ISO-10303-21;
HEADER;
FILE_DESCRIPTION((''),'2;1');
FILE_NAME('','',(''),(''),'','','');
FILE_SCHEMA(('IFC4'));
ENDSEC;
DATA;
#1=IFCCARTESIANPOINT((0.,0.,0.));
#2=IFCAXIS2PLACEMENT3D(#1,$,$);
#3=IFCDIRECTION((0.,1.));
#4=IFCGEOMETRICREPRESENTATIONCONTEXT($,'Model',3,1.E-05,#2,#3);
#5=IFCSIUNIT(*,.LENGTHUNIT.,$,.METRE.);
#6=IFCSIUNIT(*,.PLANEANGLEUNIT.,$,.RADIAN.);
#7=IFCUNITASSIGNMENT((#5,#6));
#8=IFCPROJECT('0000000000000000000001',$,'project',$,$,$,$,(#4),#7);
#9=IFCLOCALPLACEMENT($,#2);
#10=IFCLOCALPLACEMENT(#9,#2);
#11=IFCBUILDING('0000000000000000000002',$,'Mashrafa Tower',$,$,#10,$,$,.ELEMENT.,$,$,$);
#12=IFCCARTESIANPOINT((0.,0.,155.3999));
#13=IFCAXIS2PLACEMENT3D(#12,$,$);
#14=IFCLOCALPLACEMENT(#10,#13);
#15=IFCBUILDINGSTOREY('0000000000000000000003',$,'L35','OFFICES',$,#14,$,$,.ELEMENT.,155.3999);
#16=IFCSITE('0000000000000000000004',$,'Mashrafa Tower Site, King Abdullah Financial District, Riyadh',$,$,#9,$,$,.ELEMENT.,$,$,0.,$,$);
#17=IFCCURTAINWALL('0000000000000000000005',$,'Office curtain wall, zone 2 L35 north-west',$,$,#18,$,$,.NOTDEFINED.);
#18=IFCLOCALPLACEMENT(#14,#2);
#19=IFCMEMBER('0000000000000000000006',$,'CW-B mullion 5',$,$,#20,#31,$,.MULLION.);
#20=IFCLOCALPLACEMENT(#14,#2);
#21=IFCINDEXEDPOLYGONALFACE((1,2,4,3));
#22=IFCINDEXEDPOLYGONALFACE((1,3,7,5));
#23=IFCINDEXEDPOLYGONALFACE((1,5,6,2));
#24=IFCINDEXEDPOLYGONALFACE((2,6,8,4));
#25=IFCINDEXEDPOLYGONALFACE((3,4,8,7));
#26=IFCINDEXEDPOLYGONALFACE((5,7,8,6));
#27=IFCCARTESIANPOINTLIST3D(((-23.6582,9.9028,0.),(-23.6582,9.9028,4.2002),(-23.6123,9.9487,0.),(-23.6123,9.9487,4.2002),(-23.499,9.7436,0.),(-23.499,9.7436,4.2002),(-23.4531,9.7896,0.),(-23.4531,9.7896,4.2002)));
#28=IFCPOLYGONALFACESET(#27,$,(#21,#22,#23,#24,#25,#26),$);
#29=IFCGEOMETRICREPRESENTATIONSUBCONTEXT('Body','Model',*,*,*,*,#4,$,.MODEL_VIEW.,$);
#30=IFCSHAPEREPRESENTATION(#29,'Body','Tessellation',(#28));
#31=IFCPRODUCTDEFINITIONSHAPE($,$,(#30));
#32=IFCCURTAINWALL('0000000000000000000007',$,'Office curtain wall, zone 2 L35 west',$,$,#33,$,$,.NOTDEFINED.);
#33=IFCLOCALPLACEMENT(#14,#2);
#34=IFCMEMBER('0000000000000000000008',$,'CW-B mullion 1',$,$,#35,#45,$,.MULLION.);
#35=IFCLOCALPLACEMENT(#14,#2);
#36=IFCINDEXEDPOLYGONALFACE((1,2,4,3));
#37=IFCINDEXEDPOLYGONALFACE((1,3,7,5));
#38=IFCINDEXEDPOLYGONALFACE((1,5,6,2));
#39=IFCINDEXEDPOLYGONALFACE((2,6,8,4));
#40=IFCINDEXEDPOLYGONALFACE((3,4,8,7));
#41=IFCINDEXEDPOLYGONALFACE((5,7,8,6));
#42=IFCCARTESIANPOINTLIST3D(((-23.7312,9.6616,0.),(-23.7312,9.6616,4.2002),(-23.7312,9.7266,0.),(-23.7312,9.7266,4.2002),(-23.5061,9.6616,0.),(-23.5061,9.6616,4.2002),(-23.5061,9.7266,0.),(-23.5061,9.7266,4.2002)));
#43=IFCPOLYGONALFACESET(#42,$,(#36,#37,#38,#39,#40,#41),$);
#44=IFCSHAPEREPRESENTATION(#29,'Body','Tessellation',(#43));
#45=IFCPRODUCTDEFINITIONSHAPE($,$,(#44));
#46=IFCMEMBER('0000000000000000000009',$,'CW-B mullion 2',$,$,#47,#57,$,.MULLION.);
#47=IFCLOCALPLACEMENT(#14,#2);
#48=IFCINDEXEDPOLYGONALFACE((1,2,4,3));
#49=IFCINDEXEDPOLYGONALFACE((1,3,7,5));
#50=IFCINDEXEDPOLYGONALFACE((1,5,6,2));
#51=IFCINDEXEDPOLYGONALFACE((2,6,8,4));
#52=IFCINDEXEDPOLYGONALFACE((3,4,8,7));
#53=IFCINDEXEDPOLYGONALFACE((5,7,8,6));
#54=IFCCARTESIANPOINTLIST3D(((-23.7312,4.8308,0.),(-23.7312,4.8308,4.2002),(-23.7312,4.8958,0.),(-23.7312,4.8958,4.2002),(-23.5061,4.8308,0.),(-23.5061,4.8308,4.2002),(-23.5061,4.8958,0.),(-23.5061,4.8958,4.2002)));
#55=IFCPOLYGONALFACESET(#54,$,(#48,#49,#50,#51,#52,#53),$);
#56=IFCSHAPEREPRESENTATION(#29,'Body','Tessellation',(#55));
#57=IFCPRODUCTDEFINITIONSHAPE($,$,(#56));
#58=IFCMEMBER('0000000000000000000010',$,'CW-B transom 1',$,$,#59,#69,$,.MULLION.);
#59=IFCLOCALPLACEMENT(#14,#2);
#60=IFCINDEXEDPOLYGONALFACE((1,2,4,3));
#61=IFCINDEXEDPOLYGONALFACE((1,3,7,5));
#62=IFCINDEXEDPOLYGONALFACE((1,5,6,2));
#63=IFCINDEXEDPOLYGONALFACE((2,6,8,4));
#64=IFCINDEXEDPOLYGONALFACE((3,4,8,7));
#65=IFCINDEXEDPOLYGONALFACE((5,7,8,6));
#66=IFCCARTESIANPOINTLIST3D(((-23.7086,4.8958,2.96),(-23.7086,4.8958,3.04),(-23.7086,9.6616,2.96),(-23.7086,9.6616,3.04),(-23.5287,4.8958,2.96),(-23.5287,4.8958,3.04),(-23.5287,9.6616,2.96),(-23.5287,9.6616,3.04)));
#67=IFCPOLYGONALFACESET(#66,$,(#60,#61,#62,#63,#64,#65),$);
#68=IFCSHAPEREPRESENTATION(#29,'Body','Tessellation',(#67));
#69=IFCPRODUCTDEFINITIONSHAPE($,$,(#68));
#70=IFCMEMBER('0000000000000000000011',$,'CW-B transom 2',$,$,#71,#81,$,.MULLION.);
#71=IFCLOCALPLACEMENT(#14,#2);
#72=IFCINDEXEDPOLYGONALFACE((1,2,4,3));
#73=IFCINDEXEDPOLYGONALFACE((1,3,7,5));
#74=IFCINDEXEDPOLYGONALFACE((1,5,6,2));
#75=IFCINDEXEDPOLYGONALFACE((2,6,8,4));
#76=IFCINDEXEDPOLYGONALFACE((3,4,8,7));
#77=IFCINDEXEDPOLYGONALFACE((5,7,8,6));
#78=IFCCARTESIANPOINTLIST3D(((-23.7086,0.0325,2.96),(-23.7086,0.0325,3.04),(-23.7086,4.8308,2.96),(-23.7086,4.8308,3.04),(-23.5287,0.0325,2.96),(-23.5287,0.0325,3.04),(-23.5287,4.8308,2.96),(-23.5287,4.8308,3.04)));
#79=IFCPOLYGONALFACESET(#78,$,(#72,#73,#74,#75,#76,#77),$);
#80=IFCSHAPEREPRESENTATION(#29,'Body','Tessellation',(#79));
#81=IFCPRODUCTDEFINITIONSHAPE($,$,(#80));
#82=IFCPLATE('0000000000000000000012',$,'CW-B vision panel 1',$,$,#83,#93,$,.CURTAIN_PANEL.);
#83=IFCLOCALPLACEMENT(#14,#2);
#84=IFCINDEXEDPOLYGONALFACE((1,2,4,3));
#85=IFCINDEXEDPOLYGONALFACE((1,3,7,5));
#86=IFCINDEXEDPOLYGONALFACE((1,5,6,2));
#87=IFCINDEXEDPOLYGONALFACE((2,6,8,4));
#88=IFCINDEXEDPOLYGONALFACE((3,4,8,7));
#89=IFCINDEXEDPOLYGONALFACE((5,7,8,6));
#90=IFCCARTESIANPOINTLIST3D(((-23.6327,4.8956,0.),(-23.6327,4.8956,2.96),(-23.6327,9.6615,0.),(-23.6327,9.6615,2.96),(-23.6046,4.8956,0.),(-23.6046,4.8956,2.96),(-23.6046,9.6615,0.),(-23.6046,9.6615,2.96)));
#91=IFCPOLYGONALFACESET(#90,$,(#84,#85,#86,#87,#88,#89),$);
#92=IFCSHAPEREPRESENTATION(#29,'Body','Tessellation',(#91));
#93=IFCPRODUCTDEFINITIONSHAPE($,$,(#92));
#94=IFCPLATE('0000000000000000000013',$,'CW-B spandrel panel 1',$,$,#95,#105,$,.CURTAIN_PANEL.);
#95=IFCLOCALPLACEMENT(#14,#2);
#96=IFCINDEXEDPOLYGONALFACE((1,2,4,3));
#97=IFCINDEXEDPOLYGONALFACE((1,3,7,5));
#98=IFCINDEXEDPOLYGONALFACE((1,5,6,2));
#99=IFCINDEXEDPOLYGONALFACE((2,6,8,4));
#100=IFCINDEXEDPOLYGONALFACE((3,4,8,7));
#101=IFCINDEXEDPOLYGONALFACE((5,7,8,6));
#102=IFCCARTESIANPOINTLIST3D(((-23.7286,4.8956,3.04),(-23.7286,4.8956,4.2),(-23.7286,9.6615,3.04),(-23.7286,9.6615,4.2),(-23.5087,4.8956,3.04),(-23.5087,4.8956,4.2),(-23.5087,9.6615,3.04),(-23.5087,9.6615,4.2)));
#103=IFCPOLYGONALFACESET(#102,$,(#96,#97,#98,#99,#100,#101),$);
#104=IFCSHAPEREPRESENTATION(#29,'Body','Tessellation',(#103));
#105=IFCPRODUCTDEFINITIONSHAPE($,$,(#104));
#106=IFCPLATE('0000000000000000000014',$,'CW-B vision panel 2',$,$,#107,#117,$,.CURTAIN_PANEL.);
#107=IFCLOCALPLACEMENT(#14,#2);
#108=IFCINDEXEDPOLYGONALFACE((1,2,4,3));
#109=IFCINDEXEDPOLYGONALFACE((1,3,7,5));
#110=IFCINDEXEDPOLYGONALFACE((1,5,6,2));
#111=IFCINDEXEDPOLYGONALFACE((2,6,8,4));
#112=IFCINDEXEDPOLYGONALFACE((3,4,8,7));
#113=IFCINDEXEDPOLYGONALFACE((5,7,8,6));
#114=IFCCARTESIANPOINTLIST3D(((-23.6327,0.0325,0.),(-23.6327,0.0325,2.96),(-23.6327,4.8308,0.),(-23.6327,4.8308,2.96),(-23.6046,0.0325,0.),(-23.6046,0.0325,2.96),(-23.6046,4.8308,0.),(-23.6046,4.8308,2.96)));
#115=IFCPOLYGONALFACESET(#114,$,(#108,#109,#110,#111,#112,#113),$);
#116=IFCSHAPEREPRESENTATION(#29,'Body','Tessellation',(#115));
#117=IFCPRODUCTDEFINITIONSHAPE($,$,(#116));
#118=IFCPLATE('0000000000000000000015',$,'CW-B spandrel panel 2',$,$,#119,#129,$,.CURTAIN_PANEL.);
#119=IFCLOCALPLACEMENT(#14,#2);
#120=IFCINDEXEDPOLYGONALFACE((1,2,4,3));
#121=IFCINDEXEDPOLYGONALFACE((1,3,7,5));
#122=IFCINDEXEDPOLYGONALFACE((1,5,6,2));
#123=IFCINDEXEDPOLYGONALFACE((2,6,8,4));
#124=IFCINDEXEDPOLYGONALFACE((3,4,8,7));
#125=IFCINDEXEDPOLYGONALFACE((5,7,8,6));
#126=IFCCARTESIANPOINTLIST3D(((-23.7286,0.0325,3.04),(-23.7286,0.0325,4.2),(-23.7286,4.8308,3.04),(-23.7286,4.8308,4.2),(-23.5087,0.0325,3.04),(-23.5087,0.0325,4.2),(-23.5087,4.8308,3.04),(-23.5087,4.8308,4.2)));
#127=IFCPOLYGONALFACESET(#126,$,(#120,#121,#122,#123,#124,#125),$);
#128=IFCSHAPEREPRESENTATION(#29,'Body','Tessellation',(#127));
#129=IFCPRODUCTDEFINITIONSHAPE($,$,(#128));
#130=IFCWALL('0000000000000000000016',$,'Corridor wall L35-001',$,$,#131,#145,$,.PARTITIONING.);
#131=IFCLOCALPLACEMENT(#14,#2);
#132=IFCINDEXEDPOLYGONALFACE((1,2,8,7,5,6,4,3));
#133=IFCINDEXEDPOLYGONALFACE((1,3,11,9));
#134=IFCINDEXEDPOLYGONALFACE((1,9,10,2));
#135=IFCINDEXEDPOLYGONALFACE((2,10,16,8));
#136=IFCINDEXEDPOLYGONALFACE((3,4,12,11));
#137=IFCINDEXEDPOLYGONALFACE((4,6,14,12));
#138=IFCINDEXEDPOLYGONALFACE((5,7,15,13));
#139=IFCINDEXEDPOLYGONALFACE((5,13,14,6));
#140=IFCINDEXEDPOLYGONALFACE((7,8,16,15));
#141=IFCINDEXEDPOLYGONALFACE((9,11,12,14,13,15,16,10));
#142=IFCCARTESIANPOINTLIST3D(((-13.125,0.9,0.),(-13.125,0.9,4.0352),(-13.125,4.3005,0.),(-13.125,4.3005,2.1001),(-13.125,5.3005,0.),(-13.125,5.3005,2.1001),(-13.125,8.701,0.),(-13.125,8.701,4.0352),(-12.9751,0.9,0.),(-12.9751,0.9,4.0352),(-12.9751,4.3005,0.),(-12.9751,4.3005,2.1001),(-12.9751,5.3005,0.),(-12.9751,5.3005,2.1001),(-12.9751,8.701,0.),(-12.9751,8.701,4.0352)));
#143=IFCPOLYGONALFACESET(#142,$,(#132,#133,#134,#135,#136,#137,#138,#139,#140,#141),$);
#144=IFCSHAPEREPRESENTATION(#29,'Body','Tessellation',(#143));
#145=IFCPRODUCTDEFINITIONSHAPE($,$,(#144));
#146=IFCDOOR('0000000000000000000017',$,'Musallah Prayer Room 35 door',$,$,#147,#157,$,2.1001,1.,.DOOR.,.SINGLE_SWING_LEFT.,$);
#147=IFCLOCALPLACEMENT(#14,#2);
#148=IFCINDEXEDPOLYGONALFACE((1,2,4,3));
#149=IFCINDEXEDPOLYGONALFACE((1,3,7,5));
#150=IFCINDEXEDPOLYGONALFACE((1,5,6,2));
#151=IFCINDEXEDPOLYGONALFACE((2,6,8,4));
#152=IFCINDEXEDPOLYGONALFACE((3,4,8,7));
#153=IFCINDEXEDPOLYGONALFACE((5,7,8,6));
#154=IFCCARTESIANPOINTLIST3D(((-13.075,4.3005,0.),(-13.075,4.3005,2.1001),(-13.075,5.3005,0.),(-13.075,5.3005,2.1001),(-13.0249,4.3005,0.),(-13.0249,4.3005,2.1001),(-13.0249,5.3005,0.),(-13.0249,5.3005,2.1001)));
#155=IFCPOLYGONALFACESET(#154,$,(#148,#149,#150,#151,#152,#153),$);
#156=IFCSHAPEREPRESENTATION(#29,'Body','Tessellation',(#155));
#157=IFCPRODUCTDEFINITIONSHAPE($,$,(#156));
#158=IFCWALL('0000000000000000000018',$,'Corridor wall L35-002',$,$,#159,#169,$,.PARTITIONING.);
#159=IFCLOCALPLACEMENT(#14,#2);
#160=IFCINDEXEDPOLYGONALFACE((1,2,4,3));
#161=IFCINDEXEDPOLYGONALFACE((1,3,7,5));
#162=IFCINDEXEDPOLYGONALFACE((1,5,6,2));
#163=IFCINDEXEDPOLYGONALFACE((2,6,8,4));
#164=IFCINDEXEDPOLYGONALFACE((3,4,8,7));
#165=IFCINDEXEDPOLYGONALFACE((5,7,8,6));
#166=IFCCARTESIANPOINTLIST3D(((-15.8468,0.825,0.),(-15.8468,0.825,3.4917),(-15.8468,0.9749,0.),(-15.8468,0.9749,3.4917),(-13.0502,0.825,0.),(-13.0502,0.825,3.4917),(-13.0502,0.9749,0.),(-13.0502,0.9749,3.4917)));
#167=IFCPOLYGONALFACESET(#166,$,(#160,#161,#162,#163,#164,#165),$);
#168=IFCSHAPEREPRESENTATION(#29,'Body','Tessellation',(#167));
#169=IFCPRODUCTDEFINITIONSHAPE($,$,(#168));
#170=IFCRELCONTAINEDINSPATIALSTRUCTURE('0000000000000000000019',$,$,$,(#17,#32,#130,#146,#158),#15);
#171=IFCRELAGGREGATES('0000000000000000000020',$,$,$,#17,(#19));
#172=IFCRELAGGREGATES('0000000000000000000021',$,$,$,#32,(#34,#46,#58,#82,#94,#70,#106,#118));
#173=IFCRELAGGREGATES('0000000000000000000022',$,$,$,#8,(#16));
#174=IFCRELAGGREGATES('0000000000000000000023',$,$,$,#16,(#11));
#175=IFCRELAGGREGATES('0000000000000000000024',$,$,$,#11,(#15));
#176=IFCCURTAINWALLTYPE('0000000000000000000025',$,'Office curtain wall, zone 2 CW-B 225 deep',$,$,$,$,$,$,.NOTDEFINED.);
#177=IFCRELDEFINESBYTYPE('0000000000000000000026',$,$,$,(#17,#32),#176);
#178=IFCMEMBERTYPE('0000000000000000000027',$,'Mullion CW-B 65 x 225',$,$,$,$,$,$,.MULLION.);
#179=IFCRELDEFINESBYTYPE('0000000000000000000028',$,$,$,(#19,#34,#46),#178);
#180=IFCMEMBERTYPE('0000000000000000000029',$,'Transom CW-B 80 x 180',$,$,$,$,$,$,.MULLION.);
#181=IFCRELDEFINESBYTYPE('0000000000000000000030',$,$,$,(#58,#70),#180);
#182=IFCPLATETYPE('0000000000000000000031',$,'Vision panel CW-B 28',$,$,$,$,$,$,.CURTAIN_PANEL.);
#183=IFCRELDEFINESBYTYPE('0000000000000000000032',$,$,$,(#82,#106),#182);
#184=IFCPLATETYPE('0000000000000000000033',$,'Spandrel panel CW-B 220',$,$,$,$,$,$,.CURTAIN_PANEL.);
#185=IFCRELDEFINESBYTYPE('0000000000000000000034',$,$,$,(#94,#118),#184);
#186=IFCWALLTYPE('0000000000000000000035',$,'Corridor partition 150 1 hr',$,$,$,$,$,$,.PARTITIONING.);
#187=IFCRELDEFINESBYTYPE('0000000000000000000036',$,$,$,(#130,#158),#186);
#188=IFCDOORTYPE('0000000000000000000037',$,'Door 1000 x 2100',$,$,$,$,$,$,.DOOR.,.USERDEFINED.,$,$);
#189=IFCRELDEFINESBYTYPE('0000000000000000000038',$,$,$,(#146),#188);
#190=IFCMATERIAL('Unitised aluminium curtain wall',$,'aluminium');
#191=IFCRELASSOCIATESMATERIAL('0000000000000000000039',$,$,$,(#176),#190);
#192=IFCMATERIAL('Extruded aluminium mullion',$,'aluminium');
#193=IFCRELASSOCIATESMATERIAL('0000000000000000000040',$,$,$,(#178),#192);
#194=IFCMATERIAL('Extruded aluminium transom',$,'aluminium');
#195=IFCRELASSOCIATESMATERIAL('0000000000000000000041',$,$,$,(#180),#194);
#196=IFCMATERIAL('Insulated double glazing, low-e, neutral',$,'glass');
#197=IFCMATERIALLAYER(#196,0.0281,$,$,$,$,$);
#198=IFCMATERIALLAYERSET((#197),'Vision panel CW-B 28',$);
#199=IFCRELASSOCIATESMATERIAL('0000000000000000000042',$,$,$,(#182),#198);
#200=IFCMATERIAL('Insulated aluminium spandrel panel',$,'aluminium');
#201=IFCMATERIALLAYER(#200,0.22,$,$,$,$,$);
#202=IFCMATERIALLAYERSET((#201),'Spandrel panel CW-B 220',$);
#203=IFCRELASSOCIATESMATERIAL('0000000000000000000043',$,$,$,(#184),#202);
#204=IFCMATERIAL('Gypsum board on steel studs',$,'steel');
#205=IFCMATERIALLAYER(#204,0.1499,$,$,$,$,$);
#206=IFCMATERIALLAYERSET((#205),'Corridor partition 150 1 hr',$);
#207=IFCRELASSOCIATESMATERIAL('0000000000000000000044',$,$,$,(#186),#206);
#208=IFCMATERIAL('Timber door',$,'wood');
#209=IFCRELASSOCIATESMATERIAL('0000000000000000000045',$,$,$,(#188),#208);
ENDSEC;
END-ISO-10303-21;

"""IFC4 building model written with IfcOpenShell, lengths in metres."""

from ifc_helpers import new_model, si_unit, direction, frame, frame_2d, origin, origin_2d, place, context, subcontext, project, spatial, rectangle, extrude, source, transform, mapped, material, layer, layer_set, material_profile, profile_set, type_object, type_shapes, element, fill, aggregate, save


model = new_model("IFC4")

# Units and contexts
model_context = context("Model", 3, precision=1e-05, world=origin(), true_north=direction((0.0, 1.0)))
body_context = subcontext(model_context, "Body", "Model", "MODEL_VIEW")
ifc_project = project(units=[si_unit("LENGTHUNIT", "METRE"), si_unit("PLANEANGLEUNIT", "RADIAN")], contexts=[model_context])

# Site, building, storey
site_placement = place(None, origin())
site = spatial("IfcSite", under=ifc_project, at=site_placement, Name="Mashrafa Tower Site, King Abdullah Financial District, Riyadh", CompositionType="ELEMENT", RefElevation=0.0)
building_placement = place(site_placement, origin())
building = spatial("IfcBuilding", under=site, at=building_placement, Name="Mashrafa Tower", CompositionType="ELEMENT")
storey_placement = place(building_placement, frame((0.0, 0.0, 155.3999)))
storey = spatial("IfcBuildingStorey", under=building, at=storey_placement, Name="L35", Description="OFFICES", CompositionType="ELEMENT", Elevation=155.3999)

# Curtain wall, member
ifc_material_1 = material(Name="Unitised aluminium curtain wall", Category="aluminium")
curtain_wall_type = type_object("IfcCurtainWallType", Name="Office curtain wall, zone 2 CW-B 225 deep", PredefinedType="NOTDEFINED", material=ifc_material_1)
curtain_wall_1_placement = place(storey_placement, origin())
curtain_wall_1 = element("IfcCurtainWall", 1, at=curtain_wall_1_placement, inside=storey, type_object=curtain_wall_type, Name="Office curtain wall, zone 2 L35 north-west", PredefinedType="NOTDEFINED")
ifc_material_2 = material(Name="Extruded aluminium mullion", Category="aluminium")
ifc_material_profile_1 = material_profile(ifc_material_2, rectangle(XDim=0.2251, YDim=0.0649, at=origin_2d()), Name="Mullion 65x225")
ifc_profile_set_1 = profile_set([ifc_material_profile_1], Name="Extruded aluminium mullion")
member_type_1 = type_object("IfcMemberType", Name="Mullion CW-B 65 x 225", PredefinedType="MULLION", material=ifc_profile_set_1)
shared_shape_1 = source(origin(), body_context, "Body", "SweptSolid", [
    extrude(rectangle(XDim=0.2251, YDim=0.0649, at=origin_2d()), origin(), (0.0, 0.0, 1.0), 4.2002),
])
type_shapes(member_type_1, [shared_shape_1])
member_1_placement = place(storey_placement, frame((-23.5557, 9.8462, 0.0), z_axis=(0.0, 0.0, 1.0), x_axis=(0.707107, -0.707107, 0.0)))
member_1 = element("IfcMember", 2, at=member_1_placement, type_object=member_type_1, Name="CW-B mullion 5", PredefinedType="MULLION", context=body_context, shape_type="MappedRepresentation", body=[
    mapped(shared_shape_1, transform((0.0, 0.0, 0.0))),
])
aggregate(curtain_wall_1, [member_1])

# Curtain wall, members, plates
curtain_wall_2_placement = place(storey_placement, origin())
curtain_wall_2 = element("IfcCurtainWall", 3, at=curtain_wall_2_placement, inside=storey, type_object=curtain_wall_type, Name="Office curtain wall, zone 2 L35 west", PredefinedType="NOTDEFINED")
member_2_placement = place(storey_placement, frame((-23.6187, 9.6941, 0.0), z_axis=(0.0, 0.0, 1.0), x_axis=(1.0, 0.0, 0.0)))
member_2 = element("IfcMember", 4, at=member_2_placement, type_object=member_type_1, Name="CW-B mullion 1", PredefinedType="MULLION", context=body_context, shape_type="MappedRepresentation", body=[
    mapped(shared_shape_1, transform((0.0, 0.0, 0.0))),
])
member_3_placement = place(storey_placement, frame((-23.6187, 4.8633, 0.0), z_axis=(0.0, 0.0, 1.0), x_axis=(1.0, 0.0, 0.0)))
member_3 = element("IfcMember", 5, at=member_3_placement, type_object=member_type_1, Name="CW-B mullion 2", PredefinedType="MULLION", context=body_context, shape_type="MappedRepresentation", body=[
    mapped(shared_shape_1, transform((0.0, 0.0, 0.0))),
])
ifc_material_3 = material(Name="Extruded aluminium transom", Category="aluminium")
ifc_material_profile_2 = material_profile(ifc_material_3, rectangle(XDim=0.1799, YDim=0.0801, at=origin_2d()), Name="Transom 80x180")
ifc_profile_set_2 = profile_set([ifc_material_profile_2], Name="Extruded aluminium transom")
member_type_2 = type_object("IfcMemberType", Name="Transom CW-B 80 x 180", PredefinedType="MULLION", material=ifc_profile_set_2)
shared_shape_2 = source(origin(), body_context, "Body", "SweptSolid", [
    extrude(rectangle(XDim=0.1799, YDim=0.0801, at=origin_2d()), origin(), (0.0, 0.0, 1.0), 4.7659),
])
member_4_placement = place(storey_placement, frame((-23.6187, 9.6616, 3.0), z_axis=(0.0, -1.0, 0.0), x_axis=(1.0, 0.0, 0.0)))
member_4 = element("IfcMember", 6, at=member_4_placement, type_object=member_type_2, Name="CW-B transom 1", PredefinedType="MULLION", context=body_context, shape_type="MappedRepresentation", body=[
    mapped(shared_shape_2, transform((0.0, 0.0, 0.0))),
])
shared_shape_3 = source(origin(), body_context, "Body", "SweptSolid", [
    extrude(rectangle(XDim=0.1799, YDim=0.0801, at=origin_2d()), origin(), (0.0, 0.0, 1.0), 4.7983),
])
type_shapes(member_type_2, [shared_shape_2, shared_shape_3])
member_5_placement = place(storey_placement, frame((-23.6187, 4.8308, 3.0), z_axis=(0.0, -1.0, 0.0), x_axis=(1.0, 0.0, 0.0)))
member_5 = element("IfcMember", 7, at=member_5_placement, type_object=member_type_2, Name="CW-B transom 2", PredefinedType="MULLION", context=body_context, shape_type="MappedRepresentation", body=[
    mapped(shared_shape_3, transform((0.0, 0.0, 0.0))),
])
ifc_material_4 = material(Name="Insulated double glazing, low-e, neutral", Category="glass")
ifc_layer_1 = layer(ifc_material_4, 0.0281)
ifc_layer_set_1 = layer_set([ifc_layer_1], Name="Vision panel CW-B 28")
plate_type_1 = type_object("IfcPlateType", Name="Vision panel CW-B 28", PredefinedType="CURTAIN_PANEL", material=ifc_layer_set_1)
shared_shape_4 = source(origin(), body_context, "Body", "SweptSolid", [
    extrude(rectangle(XDim=4.7659, YDim=0.0281, at=origin_2d()), origin(), (0.0, 0.0, 1.0), 2.96),
])
plate_1_placement = place(storey_placement, frame((-23.6187, 7.2786, 0.0), z_axis=(0.0, 0.0, 1.0), x_axis=(0.0, -1.0, 0.0)))
plate_1 = element("IfcPlate", 8, at=plate_1_placement, type_object=plate_type_1, Name="CW-B vision panel 1", PredefinedType="CURTAIN_PANEL", context=body_context, shape_type="MappedRepresentation", body=[
    mapped(shared_shape_4, transform((0.0, 0.0, 0.0))),
])
ifc_material_5 = material(Name="Insulated aluminium spandrel panel", Category="aluminium")
ifc_layer_2 = layer(ifc_material_5, 0.22)
ifc_layer_set_2 = layer_set([ifc_layer_2], Name="Spandrel panel CW-B 220")
plate_type_2 = type_object("IfcPlateType", Name="Spandrel panel CW-B 220", PredefinedType="CURTAIN_PANEL", material=ifc_layer_set_2)
shared_shape_5 = source(origin(), body_context, "Body", "SweptSolid", [
    extrude(rectangle(XDim=4.7659, YDim=0.22, at=origin_2d()), origin(), (0.0, 0.0, 1.0), 1.1599),
])
plate_2_placement = place(storey_placement, frame((-23.6187, 7.2786, 3.04), z_axis=(0.0, 0.0, 1.0), x_axis=(0.0, -1.0, 0.0)))
plate_2 = element("IfcPlate", 9, at=plate_2_placement, type_object=plate_type_2, Name="CW-B spandrel panel 1", PredefinedType="CURTAIN_PANEL", context=body_context, shape_type="MappedRepresentation", body=[
    mapped(shared_shape_5, transform((0.0, 0.0, 0.0))),
])
shared_shape_6 = source(origin(), body_context, "Body", "SweptSolid", [
    extrude(rectangle(XDim=4.7983, YDim=0.0281, at=origin_2d()), origin(), (0.0, 0.0, 1.0), 2.96),
])
type_shapes(plate_type_1, [shared_shape_4, shared_shape_6])
plate_3_placement = place(storey_placement, frame((-23.6187, 2.4316, 0.0), z_axis=(0.0, 0.0, 1.0), x_axis=(0.0, -1.0, 0.0)))
plate_3 = element("IfcPlate", 10, at=plate_3_placement, type_object=plate_type_1, Name="CW-B vision panel 2", PredefinedType="CURTAIN_PANEL", context=body_context, shape_type="MappedRepresentation", body=[
    mapped(shared_shape_6, transform((0.0, 0.0, 0.0))),
])
shared_shape_7 = source(origin(), body_context, "Body", "SweptSolid", [
    extrude(rectangle(XDim=4.7983, YDim=0.22, at=origin_2d()), origin(), (0.0, 0.0, 1.0), 1.1599),
])
type_shapes(plate_type_2, [shared_shape_5, shared_shape_7])
plate_4_placement = place(storey_placement, frame((-23.6187, 2.4316, 3.04), z_axis=(0.0, 0.0, 1.0), x_axis=(0.0, -1.0, 0.0)))
plate_4 = element("IfcPlate", 11, at=plate_4_placement, type_object=plate_type_2, Name="CW-B spandrel panel 2", PredefinedType="CURTAIN_PANEL", context=body_context, shape_type="MappedRepresentation", body=[
    mapped(shared_shape_7, transform((0.0, 0.0, 0.0))),
])
aggregate(curtain_wall_2, [member_2, member_3, member_4, plate_1, plate_2, member_5, plate_3, plate_4])

# Wall, opening, door
ifc_material_6 = material(Name="Gypsum board on steel studs", Category="steel")
ifc_layer_3 = layer(ifc_material_6, 0.1499)
ifc_layer_set_3 = layer_set([ifc_layer_3], Name="Corridor partition 150 1 hr")
wall_type_1 = type_object("IfcWallType", Name="Corridor partition 150 1 hr", PredefinedType="PARTITIONING", material=ifc_layer_set_3)
wall_1_placement = place(storey_placement, frame((-13.05, 8.7009, 0.0), z_axis=(0.0, 0.0, 1.0), x_axis=(0.0, -1.0, 0.0)))
wall_1 = element("IfcWall", 12, at=wall_1_placement, inside=storey, type_object=wall_type_1, Name="Corridor wall L35-001", PredefinedType="PARTITIONING", context=body_context, shape_type="SweptSolid", body=[
    extrude(rectangle(XDim=7.801, YDim=0.1499, at=frame_2d((3.9004, 0.0))), origin(), (0.0, 0.0, 1.0), 4.0352),
])
opening_1_placement = place(wall_1_placement, frame((3.4004, 0.0, 0.0)))
opening_1 = element("IfcOpeningElement", 13, at=opening_1_placement, cuts=wall_1, PredefinedType="OPENING", context=body_context, shape_type="SweptSolid", body=[
    extrude(rectangle(XDim=1.0, YDim=2.1001, at=frame_2d((0.5, 1.05))), frame((0.0, 0.085, 0.0), z_axis=(0.0, -1.0, 0.0), x_axis=(1.0, 0.0, 0.0)), (0.0, 0.0, 1.0), 0.1699),
])
ifc_material_7 = material(Name="Timber door", Category="wood")
door_type_1 = type_object("IfcDoorType", Name="Door 1000 x 2100", OperationType="USERDEFINED", PredefinedType="DOOR", material=ifc_material_7)
door_1_placement = place(opening_1_placement, frame((1.0, 0.0, 0.0), z_axis=(0.0, 0.0, 1.0), x_axis=(-1.0, 0.0, 0.0)))
door_1 = element("IfcDoor", 14, at=door_1_placement, inside=storey, type_object=door_type_1, Name="Musallah Prayer Room 35 door", OperationType="SINGLE_SWING_LEFT", OverallHeight=2.1001, OverallWidth=1.0, PredefinedType="DOOR", context=body_context, shape_type="SweptSolid", body=[
    extrude(rectangle(XDim=1.0, YDim=2.1001, at=frame_2d((0.5, 1.05))), frame((0.0, 0.0249, 0.0), z_axis=(0.0, -1.0, 0.0), x_axis=(1.0, 0.0, 0.0)), (0.0, 0.0, 1.0), 0.05),
])
fill(opening_1, door_1)

# Wall
wall_2_placement = place(storey_placement, frame((-13.05, 0.8999, 0.0), z_axis=(0.0, 0.0, 1.0), x_axis=(-1.0, 0.0, 0.0)))
element("IfcWall", 15, at=wall_2_placement, inside=storey, type_object=wall_type_1, Name="Corridor wall L35-002", PredefinedType="PARTITIONING", context=body_context, shape_type="SweptSolid", body=[
    extrude(rectangle(XDim=2.7966, YDim=0.1499, at=frame_2d((1.3984, 0.0))), origin(), (0.0, 0.0, 1.0), 3.4917),
])

save(model, "model.ifc")
